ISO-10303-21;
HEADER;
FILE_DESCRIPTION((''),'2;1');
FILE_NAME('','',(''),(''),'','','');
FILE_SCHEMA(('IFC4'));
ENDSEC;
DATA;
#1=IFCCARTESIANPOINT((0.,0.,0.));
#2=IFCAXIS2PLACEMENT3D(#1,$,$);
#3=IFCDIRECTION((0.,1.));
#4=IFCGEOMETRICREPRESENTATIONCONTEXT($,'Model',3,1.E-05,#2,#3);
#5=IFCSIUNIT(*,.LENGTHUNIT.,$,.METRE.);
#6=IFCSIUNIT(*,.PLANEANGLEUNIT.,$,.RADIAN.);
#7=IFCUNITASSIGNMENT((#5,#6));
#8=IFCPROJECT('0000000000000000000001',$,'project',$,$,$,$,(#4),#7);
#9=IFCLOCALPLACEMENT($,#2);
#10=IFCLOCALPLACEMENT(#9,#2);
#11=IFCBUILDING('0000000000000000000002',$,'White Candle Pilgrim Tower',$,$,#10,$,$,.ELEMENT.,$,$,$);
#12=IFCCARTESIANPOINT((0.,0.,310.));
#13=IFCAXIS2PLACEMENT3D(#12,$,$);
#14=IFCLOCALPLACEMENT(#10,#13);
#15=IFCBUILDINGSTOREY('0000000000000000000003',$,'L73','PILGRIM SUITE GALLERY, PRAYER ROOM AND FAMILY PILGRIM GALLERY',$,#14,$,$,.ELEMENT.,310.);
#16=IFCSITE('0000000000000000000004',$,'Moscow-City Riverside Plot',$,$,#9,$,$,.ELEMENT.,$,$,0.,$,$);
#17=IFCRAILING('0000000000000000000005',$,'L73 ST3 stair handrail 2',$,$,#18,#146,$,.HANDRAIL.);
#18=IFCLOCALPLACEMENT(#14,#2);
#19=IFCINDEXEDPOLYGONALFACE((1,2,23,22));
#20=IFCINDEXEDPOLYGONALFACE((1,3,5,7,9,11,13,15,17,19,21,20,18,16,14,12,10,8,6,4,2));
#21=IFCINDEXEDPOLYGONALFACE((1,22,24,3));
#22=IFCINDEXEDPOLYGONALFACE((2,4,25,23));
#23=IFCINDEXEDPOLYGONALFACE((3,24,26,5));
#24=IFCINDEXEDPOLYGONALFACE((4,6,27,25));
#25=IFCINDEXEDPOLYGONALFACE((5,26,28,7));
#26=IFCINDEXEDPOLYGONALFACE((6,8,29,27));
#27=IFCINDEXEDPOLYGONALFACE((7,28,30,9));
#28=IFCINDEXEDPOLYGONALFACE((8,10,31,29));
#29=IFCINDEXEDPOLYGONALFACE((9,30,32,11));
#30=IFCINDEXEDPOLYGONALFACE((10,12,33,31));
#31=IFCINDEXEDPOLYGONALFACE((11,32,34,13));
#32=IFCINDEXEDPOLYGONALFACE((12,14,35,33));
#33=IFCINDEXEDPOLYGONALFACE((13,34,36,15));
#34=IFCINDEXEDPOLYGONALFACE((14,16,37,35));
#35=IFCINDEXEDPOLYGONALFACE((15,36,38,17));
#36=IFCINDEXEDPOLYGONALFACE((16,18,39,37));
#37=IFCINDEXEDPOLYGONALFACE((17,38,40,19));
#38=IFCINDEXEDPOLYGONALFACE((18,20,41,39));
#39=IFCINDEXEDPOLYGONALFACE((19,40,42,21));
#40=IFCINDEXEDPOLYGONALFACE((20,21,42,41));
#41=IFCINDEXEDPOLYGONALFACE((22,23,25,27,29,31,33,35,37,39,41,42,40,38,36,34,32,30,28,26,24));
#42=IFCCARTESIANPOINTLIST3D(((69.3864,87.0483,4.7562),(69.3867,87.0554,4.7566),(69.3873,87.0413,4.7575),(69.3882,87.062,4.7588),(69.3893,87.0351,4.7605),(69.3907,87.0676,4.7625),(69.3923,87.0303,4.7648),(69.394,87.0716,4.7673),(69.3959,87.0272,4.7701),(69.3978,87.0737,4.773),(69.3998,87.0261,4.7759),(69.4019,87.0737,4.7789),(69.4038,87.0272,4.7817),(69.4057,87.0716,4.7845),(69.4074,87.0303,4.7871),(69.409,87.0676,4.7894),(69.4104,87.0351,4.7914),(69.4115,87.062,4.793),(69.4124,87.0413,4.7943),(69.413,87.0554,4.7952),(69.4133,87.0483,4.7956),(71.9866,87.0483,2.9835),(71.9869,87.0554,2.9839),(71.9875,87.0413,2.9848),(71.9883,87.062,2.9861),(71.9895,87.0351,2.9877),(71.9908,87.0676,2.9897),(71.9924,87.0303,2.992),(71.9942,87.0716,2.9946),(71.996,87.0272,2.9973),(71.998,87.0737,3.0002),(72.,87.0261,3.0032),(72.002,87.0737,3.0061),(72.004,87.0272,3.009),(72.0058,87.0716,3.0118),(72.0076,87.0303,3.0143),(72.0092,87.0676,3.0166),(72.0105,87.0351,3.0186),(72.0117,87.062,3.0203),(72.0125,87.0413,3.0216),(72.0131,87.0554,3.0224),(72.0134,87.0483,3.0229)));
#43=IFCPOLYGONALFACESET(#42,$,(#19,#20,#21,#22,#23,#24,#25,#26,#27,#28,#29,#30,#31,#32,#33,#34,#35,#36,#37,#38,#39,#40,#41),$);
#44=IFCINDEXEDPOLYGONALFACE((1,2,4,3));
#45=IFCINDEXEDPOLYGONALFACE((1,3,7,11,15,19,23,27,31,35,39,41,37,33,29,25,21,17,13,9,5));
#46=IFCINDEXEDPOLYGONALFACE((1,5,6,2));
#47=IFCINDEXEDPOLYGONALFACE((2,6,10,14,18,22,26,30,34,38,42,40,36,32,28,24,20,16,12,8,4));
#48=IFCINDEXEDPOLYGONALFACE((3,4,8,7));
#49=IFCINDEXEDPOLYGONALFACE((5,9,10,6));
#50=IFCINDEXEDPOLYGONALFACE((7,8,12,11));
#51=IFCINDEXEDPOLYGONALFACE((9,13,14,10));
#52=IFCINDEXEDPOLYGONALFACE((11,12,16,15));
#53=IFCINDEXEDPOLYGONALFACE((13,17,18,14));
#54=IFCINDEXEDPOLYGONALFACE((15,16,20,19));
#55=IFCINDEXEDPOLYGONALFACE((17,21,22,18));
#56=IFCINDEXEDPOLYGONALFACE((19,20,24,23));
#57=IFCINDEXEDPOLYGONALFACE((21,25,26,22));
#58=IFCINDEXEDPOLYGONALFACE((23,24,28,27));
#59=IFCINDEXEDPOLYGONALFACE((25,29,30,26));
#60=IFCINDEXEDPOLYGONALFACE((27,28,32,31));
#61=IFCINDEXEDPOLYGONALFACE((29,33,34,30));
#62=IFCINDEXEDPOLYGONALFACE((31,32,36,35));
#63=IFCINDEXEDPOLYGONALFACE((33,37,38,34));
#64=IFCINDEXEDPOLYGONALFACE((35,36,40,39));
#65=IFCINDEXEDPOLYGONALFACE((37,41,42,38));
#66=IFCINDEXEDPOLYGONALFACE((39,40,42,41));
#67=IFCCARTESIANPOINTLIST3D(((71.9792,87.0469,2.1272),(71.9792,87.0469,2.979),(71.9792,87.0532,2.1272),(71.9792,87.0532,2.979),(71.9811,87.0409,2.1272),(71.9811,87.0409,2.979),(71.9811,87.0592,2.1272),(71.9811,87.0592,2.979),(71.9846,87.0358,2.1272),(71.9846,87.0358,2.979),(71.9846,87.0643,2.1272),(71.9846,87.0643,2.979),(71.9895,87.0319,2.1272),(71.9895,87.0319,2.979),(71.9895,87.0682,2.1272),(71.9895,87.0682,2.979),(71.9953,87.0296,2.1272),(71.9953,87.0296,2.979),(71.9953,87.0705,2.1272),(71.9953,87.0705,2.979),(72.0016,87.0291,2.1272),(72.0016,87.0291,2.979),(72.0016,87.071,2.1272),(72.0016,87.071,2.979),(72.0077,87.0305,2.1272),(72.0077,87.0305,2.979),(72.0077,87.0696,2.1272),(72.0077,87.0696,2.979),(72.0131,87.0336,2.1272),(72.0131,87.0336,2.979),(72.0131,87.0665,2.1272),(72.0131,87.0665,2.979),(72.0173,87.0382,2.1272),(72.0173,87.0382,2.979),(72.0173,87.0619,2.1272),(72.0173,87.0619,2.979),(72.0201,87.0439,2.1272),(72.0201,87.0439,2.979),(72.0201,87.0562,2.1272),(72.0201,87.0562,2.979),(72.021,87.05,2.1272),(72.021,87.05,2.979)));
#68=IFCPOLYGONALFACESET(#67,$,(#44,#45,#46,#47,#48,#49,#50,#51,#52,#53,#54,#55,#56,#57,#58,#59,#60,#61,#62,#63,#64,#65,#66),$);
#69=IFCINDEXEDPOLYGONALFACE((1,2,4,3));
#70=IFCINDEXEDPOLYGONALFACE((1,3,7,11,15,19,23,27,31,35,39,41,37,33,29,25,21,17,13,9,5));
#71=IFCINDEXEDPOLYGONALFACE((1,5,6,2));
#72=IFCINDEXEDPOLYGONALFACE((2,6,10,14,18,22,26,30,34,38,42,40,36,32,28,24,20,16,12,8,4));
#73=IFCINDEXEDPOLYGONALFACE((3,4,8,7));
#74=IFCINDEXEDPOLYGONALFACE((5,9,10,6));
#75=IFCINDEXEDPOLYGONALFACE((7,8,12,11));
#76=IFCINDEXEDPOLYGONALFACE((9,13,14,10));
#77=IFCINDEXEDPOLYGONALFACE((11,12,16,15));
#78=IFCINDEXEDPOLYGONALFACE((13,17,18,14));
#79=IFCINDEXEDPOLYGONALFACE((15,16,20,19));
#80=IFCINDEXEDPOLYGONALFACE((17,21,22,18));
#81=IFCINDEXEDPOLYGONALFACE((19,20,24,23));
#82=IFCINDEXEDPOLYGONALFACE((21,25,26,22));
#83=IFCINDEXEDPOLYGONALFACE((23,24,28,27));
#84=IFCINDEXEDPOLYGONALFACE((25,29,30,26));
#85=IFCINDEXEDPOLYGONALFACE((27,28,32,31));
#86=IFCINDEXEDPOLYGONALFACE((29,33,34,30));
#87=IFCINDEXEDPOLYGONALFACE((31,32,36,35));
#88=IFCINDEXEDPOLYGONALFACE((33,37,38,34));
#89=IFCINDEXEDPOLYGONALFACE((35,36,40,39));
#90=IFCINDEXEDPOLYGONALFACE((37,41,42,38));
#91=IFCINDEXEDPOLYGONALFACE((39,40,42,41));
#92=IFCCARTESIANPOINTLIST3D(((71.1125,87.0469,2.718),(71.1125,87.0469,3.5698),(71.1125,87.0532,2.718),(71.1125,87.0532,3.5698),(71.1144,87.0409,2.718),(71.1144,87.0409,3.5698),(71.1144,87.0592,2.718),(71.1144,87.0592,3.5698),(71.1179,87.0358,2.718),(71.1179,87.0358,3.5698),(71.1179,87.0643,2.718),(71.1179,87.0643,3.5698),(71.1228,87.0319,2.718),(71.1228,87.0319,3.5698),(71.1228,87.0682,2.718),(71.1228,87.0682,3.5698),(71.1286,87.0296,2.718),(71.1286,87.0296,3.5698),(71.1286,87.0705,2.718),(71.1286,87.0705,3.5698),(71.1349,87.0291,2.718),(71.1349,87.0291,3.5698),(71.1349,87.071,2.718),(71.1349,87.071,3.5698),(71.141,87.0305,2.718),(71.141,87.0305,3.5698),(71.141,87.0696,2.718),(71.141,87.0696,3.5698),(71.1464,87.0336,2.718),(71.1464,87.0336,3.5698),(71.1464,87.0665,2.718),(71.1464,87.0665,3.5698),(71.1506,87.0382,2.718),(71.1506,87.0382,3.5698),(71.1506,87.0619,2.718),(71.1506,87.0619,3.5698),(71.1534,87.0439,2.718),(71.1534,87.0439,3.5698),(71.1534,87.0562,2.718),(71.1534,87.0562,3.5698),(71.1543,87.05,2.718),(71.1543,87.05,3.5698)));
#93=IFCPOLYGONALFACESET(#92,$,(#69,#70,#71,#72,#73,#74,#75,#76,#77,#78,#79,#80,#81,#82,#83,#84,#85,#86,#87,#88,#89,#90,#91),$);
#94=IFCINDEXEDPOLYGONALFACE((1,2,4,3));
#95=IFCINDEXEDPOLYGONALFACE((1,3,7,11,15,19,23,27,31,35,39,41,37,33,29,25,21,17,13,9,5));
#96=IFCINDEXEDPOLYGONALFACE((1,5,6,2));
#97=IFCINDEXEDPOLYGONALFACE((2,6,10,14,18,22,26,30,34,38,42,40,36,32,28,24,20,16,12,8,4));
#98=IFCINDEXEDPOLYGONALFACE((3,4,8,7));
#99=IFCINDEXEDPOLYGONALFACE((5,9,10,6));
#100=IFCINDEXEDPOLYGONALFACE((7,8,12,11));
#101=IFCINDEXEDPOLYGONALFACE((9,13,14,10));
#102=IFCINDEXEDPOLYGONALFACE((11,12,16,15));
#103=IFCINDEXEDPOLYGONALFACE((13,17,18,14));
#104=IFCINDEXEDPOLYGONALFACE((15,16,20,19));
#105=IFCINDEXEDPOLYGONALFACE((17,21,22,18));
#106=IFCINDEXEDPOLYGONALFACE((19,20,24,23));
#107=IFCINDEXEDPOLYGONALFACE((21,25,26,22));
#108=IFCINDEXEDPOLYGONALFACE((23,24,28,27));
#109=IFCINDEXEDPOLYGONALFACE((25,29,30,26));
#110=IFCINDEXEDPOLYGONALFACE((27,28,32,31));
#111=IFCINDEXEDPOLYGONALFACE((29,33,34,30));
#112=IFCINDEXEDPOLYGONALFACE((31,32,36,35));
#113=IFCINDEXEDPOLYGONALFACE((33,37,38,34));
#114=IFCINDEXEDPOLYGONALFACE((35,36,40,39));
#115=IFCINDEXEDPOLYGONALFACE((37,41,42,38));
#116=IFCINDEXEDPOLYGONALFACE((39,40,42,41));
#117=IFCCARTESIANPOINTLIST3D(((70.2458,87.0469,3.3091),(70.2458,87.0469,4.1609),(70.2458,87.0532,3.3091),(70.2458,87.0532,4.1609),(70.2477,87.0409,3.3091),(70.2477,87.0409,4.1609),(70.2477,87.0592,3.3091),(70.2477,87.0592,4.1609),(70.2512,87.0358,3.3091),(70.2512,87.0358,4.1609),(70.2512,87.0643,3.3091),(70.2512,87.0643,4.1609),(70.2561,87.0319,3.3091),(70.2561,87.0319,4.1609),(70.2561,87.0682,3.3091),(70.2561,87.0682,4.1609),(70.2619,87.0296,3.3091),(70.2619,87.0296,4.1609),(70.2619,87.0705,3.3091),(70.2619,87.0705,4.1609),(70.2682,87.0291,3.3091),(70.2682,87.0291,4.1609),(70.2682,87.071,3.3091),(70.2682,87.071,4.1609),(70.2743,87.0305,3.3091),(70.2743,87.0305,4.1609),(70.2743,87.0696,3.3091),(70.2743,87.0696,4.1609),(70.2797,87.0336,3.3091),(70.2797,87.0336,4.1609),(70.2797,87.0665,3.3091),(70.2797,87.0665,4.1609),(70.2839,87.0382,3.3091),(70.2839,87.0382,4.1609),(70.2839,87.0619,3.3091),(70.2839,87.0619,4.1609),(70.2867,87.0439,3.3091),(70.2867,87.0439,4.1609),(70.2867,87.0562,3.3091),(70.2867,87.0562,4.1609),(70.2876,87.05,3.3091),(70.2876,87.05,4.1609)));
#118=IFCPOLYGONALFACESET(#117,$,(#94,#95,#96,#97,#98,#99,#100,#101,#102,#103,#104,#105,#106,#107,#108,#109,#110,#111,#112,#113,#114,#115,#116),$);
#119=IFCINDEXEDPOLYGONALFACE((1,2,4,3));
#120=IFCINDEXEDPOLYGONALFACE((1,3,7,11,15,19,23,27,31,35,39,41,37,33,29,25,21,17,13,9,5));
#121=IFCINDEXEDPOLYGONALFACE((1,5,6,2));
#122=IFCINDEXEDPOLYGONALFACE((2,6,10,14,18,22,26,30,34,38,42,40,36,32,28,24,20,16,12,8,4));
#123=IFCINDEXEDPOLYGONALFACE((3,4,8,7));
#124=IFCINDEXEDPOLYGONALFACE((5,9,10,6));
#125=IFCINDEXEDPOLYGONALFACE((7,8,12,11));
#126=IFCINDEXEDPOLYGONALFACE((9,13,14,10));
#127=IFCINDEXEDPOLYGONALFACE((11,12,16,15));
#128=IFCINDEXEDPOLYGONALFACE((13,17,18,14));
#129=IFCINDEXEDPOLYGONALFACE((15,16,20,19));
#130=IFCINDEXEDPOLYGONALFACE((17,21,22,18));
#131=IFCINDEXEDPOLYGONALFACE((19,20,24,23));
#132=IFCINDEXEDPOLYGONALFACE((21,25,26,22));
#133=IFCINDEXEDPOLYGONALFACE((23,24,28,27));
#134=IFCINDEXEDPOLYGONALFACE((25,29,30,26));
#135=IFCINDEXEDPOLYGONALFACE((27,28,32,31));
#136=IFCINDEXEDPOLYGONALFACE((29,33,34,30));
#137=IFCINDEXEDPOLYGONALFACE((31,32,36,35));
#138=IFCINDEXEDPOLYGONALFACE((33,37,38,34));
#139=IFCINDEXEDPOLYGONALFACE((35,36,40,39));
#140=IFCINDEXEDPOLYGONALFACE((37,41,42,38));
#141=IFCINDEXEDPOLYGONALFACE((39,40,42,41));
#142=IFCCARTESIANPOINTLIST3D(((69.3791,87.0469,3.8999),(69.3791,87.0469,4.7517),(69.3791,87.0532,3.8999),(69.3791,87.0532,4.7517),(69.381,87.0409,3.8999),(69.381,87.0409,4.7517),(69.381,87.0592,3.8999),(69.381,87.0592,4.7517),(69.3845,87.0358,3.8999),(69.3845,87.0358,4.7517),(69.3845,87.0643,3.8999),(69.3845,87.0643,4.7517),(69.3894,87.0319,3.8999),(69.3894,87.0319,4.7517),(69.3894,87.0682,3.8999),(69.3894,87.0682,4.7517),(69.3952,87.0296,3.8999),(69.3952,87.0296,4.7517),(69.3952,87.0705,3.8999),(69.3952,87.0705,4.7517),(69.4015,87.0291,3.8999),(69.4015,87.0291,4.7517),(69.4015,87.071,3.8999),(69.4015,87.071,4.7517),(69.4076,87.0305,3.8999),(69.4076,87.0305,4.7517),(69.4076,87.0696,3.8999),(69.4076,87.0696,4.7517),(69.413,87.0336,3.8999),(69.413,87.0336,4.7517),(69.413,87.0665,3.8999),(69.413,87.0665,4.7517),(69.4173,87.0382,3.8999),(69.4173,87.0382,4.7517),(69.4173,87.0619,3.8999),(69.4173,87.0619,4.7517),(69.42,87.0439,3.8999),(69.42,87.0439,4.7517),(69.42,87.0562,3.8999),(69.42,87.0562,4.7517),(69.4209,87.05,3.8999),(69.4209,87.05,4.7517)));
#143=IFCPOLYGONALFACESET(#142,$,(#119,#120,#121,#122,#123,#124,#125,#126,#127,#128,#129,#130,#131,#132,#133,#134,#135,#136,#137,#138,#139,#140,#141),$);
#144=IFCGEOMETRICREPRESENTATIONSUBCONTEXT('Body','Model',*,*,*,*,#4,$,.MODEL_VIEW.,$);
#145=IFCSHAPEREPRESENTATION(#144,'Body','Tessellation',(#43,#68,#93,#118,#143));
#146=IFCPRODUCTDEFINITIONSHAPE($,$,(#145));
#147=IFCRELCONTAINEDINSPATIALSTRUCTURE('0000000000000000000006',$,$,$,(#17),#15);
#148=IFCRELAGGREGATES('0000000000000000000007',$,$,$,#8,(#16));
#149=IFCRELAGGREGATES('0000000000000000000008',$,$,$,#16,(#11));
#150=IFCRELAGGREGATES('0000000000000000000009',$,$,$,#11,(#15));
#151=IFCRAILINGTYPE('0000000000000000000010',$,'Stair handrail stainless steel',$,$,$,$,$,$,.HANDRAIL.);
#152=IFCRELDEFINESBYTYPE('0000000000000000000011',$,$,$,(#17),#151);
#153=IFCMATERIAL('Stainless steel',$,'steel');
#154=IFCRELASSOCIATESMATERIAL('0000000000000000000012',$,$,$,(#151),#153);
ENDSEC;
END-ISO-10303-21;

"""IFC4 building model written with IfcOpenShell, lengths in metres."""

from ifc_helpers import new_model, si_unit, direction, frame, origin, origin_2d, place, context, subcontext, project, spatial, circle, extrude, material, type_object, element, save


model = new_model("IFC4")

# Units and contexts
model_context = context("Model", 3, precision=1e-05, world=origin(), true_north=direction((0.0, 1.0)))
body_context = subcontext(model_context, "Body", "Model", "MODEL_VIEW")
ifc_project = project(units=[si_unit("LENGTHUNIT", "METRE"), si_unit("PLANEANGLEUNIT", "RADIAN")], contexts=[model_context])

# Site, building, storey
site_placement = place(None, origin())
site = spatial("IfcSite", under=ifc_project, at=site_placement, Name="Moscow-City Riverside Plot", CompositionType="ELEMENT", RefElevation=0.0)
building_placement = place(site_placement, origin())
building = spatial("IfcBuilding", under=site, at=building_placement, Name="White Candle Pilgrim Tower", CompositionType="ELEMENT")
storey_placement = place(building_placement, frame((0.0, 0.0, 310.0)))
storey = spatial("IfcBuildingStorey", under=building, at=storey_placement, Name="L73", Description="PILGRIM SUITE GALLERY, PRAYER ROOM AND FAMILY PILGRIM GALLERY", CompositionType="ELEMENT", Elevation=310.0)

# Railing
ifc_material_1 = material(Name="Stainless steel", Category="steel")
railing_type_1 = type_object("IfcRailingType", Name="Stair handrail stainless steel", PredefinedType="HANDRAIL", material=ifc_material_1)
railing_1_placement = place(storey_placement, frame((72.0, 87.05, 2.1272)))
element("IfcRailing", 1, at=railing_1_placement, inside=storey, type_object=railing_type_1, Name="L73 ST3 stair handrail 2", PredefinedType="HANDRAIL", context=body_context, shape_type="SweptSolid", body=[
    extrude(circle(Radius=0.0239, at=origin_2d()), frame((0.0, 0.0, 0.876), z_axis=(-0.82624, 0.0, 0.563318), x_axis=(0.0, -1.0, 0.0)), (0.0, 0.0, 1.0), 3.147),
    extrude(circle(Radius=0.021, at=origin_2d()), origin(), (0.0, 0.0, 1.0), 0.8518),
    extrude(circle(Radius=0.021, at=origin_2d()), frame((-0.8667, 0.0, 0.5908)), (0.0, 0.0, 1.0), 0.8518),
    extrude(circle(Radius=0.021, at=origin_2d()), frame((-1.7334, 0.0, 1.1819)), (0.0, 0.0, 1.0), 0.8518),
    extrude(circle(Radius=0.021, at=origin_2d()), frame((-2.6001, 0.0, 1.7727)), (0.0, 0.0, 1.0), 0.8518),
])

save(model, "model.ifc")
